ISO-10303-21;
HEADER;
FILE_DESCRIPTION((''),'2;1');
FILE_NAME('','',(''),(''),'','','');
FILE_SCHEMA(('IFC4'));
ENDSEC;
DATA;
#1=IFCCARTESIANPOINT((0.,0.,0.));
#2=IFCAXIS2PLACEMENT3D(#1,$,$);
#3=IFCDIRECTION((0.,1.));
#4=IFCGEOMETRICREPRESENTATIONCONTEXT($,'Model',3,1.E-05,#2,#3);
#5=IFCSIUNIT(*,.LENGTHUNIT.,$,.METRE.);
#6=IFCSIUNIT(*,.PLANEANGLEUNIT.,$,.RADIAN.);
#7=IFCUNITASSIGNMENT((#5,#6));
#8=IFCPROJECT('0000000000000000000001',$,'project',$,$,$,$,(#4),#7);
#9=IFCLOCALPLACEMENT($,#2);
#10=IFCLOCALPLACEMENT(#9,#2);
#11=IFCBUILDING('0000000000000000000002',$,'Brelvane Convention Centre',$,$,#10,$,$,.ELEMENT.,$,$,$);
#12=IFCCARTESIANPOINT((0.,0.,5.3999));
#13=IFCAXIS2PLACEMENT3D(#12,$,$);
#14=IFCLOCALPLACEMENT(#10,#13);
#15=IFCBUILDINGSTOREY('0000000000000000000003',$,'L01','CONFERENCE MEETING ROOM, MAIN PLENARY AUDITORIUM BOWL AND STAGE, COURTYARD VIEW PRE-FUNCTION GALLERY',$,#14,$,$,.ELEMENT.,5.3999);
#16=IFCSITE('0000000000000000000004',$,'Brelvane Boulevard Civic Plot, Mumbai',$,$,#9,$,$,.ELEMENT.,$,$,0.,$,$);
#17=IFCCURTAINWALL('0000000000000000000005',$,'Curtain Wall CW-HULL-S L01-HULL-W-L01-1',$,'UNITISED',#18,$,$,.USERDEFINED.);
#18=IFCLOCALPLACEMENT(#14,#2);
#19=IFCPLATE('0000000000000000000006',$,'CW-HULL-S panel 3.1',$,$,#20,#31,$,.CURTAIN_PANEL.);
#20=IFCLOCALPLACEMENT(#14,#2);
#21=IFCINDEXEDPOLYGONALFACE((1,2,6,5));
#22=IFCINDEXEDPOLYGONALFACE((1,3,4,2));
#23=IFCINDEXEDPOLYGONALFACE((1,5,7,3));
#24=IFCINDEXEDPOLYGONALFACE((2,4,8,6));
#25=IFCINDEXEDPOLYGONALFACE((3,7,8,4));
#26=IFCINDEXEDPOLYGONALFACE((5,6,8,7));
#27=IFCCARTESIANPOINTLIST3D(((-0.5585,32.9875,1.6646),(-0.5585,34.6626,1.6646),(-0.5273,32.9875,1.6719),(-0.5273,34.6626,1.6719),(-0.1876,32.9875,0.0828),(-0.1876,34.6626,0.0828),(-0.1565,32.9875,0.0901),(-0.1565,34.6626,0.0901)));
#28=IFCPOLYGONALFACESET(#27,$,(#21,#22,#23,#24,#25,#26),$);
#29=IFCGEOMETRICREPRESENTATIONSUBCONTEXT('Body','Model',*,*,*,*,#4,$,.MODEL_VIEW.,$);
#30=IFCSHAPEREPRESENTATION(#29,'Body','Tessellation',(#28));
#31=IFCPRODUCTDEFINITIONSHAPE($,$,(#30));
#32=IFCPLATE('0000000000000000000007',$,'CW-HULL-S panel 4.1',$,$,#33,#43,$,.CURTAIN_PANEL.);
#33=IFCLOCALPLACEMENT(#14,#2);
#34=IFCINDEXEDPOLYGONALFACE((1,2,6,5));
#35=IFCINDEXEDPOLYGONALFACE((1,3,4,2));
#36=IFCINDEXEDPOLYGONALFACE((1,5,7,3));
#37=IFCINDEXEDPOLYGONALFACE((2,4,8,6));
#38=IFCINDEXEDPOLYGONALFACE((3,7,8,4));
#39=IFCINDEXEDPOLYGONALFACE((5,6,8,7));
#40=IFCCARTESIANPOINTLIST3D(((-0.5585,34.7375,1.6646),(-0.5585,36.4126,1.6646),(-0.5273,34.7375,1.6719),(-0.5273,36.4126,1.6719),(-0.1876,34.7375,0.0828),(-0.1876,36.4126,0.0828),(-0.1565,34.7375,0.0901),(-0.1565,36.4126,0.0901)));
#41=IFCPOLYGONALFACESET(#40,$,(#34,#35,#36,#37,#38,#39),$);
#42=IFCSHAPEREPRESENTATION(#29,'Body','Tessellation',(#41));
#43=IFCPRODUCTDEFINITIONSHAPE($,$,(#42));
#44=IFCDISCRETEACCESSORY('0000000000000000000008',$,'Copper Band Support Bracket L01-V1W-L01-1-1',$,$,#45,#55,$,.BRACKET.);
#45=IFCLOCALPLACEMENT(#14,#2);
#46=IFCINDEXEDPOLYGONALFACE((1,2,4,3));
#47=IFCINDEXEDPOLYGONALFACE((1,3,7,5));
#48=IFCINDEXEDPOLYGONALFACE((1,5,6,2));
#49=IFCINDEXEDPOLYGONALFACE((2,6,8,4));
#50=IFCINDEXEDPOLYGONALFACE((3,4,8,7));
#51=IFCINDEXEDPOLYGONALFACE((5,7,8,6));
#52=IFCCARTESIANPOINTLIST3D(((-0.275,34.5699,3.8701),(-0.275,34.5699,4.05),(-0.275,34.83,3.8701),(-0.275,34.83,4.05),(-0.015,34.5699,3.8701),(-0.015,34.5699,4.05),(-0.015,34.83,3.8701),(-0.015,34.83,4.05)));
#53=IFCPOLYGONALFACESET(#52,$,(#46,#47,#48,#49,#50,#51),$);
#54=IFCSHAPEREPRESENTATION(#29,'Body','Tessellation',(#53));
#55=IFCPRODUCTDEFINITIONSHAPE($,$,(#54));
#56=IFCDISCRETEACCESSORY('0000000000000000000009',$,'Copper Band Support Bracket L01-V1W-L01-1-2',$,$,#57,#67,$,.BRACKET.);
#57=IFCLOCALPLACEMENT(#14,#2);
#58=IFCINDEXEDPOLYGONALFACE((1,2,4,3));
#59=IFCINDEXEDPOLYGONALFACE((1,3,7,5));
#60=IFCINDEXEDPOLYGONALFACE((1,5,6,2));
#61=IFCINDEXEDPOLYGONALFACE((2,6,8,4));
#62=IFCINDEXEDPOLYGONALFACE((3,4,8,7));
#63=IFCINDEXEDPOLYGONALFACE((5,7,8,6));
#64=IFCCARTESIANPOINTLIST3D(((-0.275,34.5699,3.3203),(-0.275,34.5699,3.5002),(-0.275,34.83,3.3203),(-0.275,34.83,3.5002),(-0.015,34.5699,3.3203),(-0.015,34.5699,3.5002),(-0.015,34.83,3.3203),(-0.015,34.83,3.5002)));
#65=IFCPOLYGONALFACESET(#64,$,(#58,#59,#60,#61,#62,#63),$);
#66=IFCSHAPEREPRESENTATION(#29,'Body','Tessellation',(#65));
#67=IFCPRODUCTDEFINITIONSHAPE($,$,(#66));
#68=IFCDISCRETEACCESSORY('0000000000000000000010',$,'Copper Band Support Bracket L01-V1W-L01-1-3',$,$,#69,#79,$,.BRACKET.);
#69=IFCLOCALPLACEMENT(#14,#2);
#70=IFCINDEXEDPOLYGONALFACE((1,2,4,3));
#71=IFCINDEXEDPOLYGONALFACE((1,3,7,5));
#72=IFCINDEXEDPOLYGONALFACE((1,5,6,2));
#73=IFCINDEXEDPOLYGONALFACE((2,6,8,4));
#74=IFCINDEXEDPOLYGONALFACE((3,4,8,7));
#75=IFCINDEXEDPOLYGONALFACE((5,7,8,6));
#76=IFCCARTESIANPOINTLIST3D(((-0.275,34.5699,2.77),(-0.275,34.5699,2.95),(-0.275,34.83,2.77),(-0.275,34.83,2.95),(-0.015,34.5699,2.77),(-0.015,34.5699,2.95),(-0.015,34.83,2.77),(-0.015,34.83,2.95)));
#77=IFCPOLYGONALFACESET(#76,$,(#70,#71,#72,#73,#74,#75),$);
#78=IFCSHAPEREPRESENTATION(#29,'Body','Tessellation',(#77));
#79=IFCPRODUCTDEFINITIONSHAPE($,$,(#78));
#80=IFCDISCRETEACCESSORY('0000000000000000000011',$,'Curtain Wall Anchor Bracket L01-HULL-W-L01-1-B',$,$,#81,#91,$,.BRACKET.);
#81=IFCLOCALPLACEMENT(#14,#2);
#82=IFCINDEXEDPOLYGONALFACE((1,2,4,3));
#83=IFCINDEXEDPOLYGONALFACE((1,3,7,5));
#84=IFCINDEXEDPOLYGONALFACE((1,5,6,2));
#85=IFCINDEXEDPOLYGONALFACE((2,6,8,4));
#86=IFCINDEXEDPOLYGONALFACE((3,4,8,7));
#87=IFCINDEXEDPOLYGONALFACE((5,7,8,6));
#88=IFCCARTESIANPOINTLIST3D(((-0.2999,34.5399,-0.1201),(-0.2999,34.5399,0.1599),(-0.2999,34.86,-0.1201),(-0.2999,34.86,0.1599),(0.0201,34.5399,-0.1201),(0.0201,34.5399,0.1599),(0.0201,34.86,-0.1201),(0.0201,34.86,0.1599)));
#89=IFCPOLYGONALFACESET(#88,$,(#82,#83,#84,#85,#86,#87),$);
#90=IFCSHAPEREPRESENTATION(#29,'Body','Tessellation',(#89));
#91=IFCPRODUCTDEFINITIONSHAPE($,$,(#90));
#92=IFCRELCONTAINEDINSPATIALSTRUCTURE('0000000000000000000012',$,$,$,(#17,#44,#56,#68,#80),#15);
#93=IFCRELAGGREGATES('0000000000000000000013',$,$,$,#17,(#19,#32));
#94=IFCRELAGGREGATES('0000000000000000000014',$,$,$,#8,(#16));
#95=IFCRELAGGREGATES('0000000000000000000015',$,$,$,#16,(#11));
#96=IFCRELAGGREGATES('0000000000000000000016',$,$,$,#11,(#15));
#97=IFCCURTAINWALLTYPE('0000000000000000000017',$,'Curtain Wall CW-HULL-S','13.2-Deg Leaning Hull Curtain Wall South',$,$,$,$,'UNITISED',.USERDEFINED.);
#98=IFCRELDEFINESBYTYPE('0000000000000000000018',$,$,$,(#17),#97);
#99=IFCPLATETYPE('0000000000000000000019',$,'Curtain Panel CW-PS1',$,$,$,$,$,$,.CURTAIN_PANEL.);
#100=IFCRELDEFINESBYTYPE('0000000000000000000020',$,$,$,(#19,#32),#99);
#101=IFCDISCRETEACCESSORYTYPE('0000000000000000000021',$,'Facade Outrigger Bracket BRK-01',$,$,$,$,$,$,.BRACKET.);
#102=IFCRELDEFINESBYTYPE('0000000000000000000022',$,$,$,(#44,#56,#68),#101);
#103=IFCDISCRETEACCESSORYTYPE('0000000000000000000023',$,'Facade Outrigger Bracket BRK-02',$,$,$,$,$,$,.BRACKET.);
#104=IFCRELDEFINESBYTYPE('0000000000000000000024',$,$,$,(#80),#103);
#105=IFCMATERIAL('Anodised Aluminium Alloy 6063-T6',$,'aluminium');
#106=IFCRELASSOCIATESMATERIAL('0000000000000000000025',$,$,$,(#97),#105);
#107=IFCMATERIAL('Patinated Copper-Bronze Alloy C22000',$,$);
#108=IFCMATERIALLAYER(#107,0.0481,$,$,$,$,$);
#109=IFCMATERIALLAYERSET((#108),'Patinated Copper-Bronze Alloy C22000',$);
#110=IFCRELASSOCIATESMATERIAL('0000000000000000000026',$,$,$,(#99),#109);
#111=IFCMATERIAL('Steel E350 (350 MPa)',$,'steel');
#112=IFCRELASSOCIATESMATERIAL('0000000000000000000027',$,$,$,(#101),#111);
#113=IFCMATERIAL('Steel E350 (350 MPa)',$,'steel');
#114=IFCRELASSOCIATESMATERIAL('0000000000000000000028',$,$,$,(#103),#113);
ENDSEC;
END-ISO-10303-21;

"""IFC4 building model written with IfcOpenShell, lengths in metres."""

from ifc_helpers import new_model, si_unit, direction, frame, origin, origin_2d, place, context, subcontext, project, spatial, polyline, rectangle, outline, extrude, material, layer, layer_set, type_object, element, aggregate, save


model = new_model("IFC4")

# Units and contexts
model_context = context("Model", 3, precision=1e-05, world=origin(), true_north=direction((0.0, 1.0)))
body_context = subcontext(model_context, "Body", "Model", "MODEL_VIEW")
ifc_project = project(units=[si_unit("LENGTHUNIT", "METRE"), si_unit("PLANEANGLEUNIT", "RADIAN")], contexts=[model_context])

# Site, building, storey
site_placement = place(None, origin())
site = spatial("IfcSite", under=ifc_project, at=site_placement, Name="Brelvane Boulevard Civic Plot, Mumbai", CompositionType="ELEMENT", RefElevation=0.0)
building_placement = place(site_placement, origin())
building = spatial("IfcBuilding", under=site, at=building_placement, Name="Brelvane Convention Centre", CompositionType="ELEMENT")
storey_placement = place(building_placement, frame((0.0, 0.0, 5.3999)))
storey = spatial("IfcBuildingStorey", under=building, at=storey_placement, Name="L01", Description="CONFERENCE MEETING ROOM, MAIN PLENARY AUDITORIUM BOWL AND STAGE, COURTYARD VIEW PRE-FUNCTION GALLERY", CompositionType="ELEMENT", Elevation=5.3999)

# Curtain wall, plates
ifc_material_1 = material(Name="Anodised Aluminium Alloy 6063-T6", Category="aluminium")
curtain_wall_type = type_object("IfcCurtainWallType", Name="Curtain Wall CW-HULL-S", Description="13.2-Deg Leaning Hull Curtain Wall South", ElementType="UNITISED", PredefinedType="USERDEFINED", material=ifc_material_1)
curtain_wall_placement = place(storey_placement, origin())
curtain_wall = element("IfcCurtainWall", 1, at=curtain_wall_placement, inside=storey, type_object=curtain_wall_type, Name="Curtain Wall CW-HULL-S L01-HULL-W-L01-1", ObjectType="UNITISED", PredefinedType="USERDEFINED")
ifc_material_2 = material(Name="Patinated Copper-Bronze Alloy C22000")
ifc_layer_1 = layer(ifc_material_2, 0.0481)
ifc_layer_set_1 = layer_set([ifc_layer_1], Name="Patinated Copper-Bronze Alloy C22000")
plate_type_1 = type_object("IfcPlateType", Name="Curtain Panel CW-PS1", PredefinedType="CURTAIN_PANEL", material=ifc_layer_set_1)
plate_1_placement = place(storey_placement, frame((-0.1565, 32.9875, 0.0901), z_axis=(0.9736, 0.0, 0.22826), x_axis=(0.0, 1.0, 0.0)))
plate_1 = element("IfcPlate", 2, at=plate_1_placement, type_object=plate_type_1, Name="CW-HULL-S panel 3.1", PredefinedType="CURTAIN_PANEL", context=body_context, shape_type="SweptSolid", body=[
    extrude(outline(polyline([(0.0, 0.0), (1.675, 0.0), (1.675, 1.6247), (0.0, 1.6247), (0.0, 0.0)])), origin(), (0.0, 0.0, -1.0), 0.032),
])
plate_2_placement = place(storey_placement, frame((-0.1565, 34.7375, 0.0901), z_axis=(0.9736, 0.0, 0.22826), x_axis=(0.0, 1.0, 0.0)))
plate_2 = element("IfcPlate", 3, at=plate_2_placement, type_object=plate_type_1, Name="CW-HULL-S panel 4.1", PredefinedType="CURTAIN_PANEL", context=body_context, shape_type="SweptSolid", body=[
    extrude(outline(polyline([(0.0, 0.0), (1.675, 0.0), (1.675, 1.6247), (0.0, 1.6247), (0.0, 0.0)])), origin(), (0.0, 0.0, -1.0), 0.032),
])
aggregate(curtain_wall, [plate_1, plate_2])

# Discrete accessories
ifc_material_3 = material(Name="Steel E350 (350 MPa)", Category="steel")
discrete_accessory_type_1 = type_object("IfcDiscreteAccessoryType", Name="Facade Outrigger Bracket BRK-01", PredefinedType="BRACKET", material=ifc_material_3)
for number, where, z_axis, x_axis, name in (
    (4, (-0.145, 34.7, 3.8701), (0.0, 0.0, 1.0), (1.0, 0.0, 0.0), "Copper Band Support Bracket L01-V1W-L01-1-1"),
    (5, (-0.145, 34.7, 3.3203), (0.0, 0.0, 1.0), (1.0, 0.0, 0.0), "Copper Band Support Bracket L01-V1W-L01-1-2"),
    (6, (-0.145, 34.7, 2.77), (0.0, 0.0, 1.0), (1.0, 0.0, 0.0), "Copper Band Support Bracket L01-V1W-L01-1-3"),
):
    element("IfcDiscreteAccessory", number, at=place(storey_placement, frame(where, z_axis=z_axis, x_axis=x_axis)), inside=storey, type_object=discrete_accessory_type_1, Name=name, PredefinedType="BRACKET", context=body_context, shape_type="SweptSolid", body=[
        extrude(rectangle(XDim=0.26, YDim=0.26, at=origin_2d()), origin(), (0.0, 0.0, 1.0), 0.1799),
    ])
ifc_material_4 = material(Name="Steel E350 (350 MPa)", Category="steel")
discrete_accessory_type_2 = type_object("IfcDiscreteAccessoryType", Name="Facade Outrigger Bracket BRK-02", PredefinedType="BRACKET", material=ifc_material_4)
discrete_accessory_placement = place(storey_placement, frame((-0.1399, 34.7, -0.1201), z_axis=(0.0, 0.0, 1.0), x_axis=(1.0, 0.0, 0.0)))
element("IfcDiscreteAccessory", 7, at=discrete_accessory_placement, inside=storey, type_object=discrete_accessory_type_2, Name="Curtain Wall Anchor Bracket L01-HULL-W-L01-1-B", PredefinedType="BRACKET", context=body_context, shape_type="SweptSolid", body=[
    extrude(rectangle(XDim=0.3201, YDim=0.3201, at=origin_2d()), origin(), (0.0, 0.0, 1.0), 0.28),
])

save(model, "model.ifc")
